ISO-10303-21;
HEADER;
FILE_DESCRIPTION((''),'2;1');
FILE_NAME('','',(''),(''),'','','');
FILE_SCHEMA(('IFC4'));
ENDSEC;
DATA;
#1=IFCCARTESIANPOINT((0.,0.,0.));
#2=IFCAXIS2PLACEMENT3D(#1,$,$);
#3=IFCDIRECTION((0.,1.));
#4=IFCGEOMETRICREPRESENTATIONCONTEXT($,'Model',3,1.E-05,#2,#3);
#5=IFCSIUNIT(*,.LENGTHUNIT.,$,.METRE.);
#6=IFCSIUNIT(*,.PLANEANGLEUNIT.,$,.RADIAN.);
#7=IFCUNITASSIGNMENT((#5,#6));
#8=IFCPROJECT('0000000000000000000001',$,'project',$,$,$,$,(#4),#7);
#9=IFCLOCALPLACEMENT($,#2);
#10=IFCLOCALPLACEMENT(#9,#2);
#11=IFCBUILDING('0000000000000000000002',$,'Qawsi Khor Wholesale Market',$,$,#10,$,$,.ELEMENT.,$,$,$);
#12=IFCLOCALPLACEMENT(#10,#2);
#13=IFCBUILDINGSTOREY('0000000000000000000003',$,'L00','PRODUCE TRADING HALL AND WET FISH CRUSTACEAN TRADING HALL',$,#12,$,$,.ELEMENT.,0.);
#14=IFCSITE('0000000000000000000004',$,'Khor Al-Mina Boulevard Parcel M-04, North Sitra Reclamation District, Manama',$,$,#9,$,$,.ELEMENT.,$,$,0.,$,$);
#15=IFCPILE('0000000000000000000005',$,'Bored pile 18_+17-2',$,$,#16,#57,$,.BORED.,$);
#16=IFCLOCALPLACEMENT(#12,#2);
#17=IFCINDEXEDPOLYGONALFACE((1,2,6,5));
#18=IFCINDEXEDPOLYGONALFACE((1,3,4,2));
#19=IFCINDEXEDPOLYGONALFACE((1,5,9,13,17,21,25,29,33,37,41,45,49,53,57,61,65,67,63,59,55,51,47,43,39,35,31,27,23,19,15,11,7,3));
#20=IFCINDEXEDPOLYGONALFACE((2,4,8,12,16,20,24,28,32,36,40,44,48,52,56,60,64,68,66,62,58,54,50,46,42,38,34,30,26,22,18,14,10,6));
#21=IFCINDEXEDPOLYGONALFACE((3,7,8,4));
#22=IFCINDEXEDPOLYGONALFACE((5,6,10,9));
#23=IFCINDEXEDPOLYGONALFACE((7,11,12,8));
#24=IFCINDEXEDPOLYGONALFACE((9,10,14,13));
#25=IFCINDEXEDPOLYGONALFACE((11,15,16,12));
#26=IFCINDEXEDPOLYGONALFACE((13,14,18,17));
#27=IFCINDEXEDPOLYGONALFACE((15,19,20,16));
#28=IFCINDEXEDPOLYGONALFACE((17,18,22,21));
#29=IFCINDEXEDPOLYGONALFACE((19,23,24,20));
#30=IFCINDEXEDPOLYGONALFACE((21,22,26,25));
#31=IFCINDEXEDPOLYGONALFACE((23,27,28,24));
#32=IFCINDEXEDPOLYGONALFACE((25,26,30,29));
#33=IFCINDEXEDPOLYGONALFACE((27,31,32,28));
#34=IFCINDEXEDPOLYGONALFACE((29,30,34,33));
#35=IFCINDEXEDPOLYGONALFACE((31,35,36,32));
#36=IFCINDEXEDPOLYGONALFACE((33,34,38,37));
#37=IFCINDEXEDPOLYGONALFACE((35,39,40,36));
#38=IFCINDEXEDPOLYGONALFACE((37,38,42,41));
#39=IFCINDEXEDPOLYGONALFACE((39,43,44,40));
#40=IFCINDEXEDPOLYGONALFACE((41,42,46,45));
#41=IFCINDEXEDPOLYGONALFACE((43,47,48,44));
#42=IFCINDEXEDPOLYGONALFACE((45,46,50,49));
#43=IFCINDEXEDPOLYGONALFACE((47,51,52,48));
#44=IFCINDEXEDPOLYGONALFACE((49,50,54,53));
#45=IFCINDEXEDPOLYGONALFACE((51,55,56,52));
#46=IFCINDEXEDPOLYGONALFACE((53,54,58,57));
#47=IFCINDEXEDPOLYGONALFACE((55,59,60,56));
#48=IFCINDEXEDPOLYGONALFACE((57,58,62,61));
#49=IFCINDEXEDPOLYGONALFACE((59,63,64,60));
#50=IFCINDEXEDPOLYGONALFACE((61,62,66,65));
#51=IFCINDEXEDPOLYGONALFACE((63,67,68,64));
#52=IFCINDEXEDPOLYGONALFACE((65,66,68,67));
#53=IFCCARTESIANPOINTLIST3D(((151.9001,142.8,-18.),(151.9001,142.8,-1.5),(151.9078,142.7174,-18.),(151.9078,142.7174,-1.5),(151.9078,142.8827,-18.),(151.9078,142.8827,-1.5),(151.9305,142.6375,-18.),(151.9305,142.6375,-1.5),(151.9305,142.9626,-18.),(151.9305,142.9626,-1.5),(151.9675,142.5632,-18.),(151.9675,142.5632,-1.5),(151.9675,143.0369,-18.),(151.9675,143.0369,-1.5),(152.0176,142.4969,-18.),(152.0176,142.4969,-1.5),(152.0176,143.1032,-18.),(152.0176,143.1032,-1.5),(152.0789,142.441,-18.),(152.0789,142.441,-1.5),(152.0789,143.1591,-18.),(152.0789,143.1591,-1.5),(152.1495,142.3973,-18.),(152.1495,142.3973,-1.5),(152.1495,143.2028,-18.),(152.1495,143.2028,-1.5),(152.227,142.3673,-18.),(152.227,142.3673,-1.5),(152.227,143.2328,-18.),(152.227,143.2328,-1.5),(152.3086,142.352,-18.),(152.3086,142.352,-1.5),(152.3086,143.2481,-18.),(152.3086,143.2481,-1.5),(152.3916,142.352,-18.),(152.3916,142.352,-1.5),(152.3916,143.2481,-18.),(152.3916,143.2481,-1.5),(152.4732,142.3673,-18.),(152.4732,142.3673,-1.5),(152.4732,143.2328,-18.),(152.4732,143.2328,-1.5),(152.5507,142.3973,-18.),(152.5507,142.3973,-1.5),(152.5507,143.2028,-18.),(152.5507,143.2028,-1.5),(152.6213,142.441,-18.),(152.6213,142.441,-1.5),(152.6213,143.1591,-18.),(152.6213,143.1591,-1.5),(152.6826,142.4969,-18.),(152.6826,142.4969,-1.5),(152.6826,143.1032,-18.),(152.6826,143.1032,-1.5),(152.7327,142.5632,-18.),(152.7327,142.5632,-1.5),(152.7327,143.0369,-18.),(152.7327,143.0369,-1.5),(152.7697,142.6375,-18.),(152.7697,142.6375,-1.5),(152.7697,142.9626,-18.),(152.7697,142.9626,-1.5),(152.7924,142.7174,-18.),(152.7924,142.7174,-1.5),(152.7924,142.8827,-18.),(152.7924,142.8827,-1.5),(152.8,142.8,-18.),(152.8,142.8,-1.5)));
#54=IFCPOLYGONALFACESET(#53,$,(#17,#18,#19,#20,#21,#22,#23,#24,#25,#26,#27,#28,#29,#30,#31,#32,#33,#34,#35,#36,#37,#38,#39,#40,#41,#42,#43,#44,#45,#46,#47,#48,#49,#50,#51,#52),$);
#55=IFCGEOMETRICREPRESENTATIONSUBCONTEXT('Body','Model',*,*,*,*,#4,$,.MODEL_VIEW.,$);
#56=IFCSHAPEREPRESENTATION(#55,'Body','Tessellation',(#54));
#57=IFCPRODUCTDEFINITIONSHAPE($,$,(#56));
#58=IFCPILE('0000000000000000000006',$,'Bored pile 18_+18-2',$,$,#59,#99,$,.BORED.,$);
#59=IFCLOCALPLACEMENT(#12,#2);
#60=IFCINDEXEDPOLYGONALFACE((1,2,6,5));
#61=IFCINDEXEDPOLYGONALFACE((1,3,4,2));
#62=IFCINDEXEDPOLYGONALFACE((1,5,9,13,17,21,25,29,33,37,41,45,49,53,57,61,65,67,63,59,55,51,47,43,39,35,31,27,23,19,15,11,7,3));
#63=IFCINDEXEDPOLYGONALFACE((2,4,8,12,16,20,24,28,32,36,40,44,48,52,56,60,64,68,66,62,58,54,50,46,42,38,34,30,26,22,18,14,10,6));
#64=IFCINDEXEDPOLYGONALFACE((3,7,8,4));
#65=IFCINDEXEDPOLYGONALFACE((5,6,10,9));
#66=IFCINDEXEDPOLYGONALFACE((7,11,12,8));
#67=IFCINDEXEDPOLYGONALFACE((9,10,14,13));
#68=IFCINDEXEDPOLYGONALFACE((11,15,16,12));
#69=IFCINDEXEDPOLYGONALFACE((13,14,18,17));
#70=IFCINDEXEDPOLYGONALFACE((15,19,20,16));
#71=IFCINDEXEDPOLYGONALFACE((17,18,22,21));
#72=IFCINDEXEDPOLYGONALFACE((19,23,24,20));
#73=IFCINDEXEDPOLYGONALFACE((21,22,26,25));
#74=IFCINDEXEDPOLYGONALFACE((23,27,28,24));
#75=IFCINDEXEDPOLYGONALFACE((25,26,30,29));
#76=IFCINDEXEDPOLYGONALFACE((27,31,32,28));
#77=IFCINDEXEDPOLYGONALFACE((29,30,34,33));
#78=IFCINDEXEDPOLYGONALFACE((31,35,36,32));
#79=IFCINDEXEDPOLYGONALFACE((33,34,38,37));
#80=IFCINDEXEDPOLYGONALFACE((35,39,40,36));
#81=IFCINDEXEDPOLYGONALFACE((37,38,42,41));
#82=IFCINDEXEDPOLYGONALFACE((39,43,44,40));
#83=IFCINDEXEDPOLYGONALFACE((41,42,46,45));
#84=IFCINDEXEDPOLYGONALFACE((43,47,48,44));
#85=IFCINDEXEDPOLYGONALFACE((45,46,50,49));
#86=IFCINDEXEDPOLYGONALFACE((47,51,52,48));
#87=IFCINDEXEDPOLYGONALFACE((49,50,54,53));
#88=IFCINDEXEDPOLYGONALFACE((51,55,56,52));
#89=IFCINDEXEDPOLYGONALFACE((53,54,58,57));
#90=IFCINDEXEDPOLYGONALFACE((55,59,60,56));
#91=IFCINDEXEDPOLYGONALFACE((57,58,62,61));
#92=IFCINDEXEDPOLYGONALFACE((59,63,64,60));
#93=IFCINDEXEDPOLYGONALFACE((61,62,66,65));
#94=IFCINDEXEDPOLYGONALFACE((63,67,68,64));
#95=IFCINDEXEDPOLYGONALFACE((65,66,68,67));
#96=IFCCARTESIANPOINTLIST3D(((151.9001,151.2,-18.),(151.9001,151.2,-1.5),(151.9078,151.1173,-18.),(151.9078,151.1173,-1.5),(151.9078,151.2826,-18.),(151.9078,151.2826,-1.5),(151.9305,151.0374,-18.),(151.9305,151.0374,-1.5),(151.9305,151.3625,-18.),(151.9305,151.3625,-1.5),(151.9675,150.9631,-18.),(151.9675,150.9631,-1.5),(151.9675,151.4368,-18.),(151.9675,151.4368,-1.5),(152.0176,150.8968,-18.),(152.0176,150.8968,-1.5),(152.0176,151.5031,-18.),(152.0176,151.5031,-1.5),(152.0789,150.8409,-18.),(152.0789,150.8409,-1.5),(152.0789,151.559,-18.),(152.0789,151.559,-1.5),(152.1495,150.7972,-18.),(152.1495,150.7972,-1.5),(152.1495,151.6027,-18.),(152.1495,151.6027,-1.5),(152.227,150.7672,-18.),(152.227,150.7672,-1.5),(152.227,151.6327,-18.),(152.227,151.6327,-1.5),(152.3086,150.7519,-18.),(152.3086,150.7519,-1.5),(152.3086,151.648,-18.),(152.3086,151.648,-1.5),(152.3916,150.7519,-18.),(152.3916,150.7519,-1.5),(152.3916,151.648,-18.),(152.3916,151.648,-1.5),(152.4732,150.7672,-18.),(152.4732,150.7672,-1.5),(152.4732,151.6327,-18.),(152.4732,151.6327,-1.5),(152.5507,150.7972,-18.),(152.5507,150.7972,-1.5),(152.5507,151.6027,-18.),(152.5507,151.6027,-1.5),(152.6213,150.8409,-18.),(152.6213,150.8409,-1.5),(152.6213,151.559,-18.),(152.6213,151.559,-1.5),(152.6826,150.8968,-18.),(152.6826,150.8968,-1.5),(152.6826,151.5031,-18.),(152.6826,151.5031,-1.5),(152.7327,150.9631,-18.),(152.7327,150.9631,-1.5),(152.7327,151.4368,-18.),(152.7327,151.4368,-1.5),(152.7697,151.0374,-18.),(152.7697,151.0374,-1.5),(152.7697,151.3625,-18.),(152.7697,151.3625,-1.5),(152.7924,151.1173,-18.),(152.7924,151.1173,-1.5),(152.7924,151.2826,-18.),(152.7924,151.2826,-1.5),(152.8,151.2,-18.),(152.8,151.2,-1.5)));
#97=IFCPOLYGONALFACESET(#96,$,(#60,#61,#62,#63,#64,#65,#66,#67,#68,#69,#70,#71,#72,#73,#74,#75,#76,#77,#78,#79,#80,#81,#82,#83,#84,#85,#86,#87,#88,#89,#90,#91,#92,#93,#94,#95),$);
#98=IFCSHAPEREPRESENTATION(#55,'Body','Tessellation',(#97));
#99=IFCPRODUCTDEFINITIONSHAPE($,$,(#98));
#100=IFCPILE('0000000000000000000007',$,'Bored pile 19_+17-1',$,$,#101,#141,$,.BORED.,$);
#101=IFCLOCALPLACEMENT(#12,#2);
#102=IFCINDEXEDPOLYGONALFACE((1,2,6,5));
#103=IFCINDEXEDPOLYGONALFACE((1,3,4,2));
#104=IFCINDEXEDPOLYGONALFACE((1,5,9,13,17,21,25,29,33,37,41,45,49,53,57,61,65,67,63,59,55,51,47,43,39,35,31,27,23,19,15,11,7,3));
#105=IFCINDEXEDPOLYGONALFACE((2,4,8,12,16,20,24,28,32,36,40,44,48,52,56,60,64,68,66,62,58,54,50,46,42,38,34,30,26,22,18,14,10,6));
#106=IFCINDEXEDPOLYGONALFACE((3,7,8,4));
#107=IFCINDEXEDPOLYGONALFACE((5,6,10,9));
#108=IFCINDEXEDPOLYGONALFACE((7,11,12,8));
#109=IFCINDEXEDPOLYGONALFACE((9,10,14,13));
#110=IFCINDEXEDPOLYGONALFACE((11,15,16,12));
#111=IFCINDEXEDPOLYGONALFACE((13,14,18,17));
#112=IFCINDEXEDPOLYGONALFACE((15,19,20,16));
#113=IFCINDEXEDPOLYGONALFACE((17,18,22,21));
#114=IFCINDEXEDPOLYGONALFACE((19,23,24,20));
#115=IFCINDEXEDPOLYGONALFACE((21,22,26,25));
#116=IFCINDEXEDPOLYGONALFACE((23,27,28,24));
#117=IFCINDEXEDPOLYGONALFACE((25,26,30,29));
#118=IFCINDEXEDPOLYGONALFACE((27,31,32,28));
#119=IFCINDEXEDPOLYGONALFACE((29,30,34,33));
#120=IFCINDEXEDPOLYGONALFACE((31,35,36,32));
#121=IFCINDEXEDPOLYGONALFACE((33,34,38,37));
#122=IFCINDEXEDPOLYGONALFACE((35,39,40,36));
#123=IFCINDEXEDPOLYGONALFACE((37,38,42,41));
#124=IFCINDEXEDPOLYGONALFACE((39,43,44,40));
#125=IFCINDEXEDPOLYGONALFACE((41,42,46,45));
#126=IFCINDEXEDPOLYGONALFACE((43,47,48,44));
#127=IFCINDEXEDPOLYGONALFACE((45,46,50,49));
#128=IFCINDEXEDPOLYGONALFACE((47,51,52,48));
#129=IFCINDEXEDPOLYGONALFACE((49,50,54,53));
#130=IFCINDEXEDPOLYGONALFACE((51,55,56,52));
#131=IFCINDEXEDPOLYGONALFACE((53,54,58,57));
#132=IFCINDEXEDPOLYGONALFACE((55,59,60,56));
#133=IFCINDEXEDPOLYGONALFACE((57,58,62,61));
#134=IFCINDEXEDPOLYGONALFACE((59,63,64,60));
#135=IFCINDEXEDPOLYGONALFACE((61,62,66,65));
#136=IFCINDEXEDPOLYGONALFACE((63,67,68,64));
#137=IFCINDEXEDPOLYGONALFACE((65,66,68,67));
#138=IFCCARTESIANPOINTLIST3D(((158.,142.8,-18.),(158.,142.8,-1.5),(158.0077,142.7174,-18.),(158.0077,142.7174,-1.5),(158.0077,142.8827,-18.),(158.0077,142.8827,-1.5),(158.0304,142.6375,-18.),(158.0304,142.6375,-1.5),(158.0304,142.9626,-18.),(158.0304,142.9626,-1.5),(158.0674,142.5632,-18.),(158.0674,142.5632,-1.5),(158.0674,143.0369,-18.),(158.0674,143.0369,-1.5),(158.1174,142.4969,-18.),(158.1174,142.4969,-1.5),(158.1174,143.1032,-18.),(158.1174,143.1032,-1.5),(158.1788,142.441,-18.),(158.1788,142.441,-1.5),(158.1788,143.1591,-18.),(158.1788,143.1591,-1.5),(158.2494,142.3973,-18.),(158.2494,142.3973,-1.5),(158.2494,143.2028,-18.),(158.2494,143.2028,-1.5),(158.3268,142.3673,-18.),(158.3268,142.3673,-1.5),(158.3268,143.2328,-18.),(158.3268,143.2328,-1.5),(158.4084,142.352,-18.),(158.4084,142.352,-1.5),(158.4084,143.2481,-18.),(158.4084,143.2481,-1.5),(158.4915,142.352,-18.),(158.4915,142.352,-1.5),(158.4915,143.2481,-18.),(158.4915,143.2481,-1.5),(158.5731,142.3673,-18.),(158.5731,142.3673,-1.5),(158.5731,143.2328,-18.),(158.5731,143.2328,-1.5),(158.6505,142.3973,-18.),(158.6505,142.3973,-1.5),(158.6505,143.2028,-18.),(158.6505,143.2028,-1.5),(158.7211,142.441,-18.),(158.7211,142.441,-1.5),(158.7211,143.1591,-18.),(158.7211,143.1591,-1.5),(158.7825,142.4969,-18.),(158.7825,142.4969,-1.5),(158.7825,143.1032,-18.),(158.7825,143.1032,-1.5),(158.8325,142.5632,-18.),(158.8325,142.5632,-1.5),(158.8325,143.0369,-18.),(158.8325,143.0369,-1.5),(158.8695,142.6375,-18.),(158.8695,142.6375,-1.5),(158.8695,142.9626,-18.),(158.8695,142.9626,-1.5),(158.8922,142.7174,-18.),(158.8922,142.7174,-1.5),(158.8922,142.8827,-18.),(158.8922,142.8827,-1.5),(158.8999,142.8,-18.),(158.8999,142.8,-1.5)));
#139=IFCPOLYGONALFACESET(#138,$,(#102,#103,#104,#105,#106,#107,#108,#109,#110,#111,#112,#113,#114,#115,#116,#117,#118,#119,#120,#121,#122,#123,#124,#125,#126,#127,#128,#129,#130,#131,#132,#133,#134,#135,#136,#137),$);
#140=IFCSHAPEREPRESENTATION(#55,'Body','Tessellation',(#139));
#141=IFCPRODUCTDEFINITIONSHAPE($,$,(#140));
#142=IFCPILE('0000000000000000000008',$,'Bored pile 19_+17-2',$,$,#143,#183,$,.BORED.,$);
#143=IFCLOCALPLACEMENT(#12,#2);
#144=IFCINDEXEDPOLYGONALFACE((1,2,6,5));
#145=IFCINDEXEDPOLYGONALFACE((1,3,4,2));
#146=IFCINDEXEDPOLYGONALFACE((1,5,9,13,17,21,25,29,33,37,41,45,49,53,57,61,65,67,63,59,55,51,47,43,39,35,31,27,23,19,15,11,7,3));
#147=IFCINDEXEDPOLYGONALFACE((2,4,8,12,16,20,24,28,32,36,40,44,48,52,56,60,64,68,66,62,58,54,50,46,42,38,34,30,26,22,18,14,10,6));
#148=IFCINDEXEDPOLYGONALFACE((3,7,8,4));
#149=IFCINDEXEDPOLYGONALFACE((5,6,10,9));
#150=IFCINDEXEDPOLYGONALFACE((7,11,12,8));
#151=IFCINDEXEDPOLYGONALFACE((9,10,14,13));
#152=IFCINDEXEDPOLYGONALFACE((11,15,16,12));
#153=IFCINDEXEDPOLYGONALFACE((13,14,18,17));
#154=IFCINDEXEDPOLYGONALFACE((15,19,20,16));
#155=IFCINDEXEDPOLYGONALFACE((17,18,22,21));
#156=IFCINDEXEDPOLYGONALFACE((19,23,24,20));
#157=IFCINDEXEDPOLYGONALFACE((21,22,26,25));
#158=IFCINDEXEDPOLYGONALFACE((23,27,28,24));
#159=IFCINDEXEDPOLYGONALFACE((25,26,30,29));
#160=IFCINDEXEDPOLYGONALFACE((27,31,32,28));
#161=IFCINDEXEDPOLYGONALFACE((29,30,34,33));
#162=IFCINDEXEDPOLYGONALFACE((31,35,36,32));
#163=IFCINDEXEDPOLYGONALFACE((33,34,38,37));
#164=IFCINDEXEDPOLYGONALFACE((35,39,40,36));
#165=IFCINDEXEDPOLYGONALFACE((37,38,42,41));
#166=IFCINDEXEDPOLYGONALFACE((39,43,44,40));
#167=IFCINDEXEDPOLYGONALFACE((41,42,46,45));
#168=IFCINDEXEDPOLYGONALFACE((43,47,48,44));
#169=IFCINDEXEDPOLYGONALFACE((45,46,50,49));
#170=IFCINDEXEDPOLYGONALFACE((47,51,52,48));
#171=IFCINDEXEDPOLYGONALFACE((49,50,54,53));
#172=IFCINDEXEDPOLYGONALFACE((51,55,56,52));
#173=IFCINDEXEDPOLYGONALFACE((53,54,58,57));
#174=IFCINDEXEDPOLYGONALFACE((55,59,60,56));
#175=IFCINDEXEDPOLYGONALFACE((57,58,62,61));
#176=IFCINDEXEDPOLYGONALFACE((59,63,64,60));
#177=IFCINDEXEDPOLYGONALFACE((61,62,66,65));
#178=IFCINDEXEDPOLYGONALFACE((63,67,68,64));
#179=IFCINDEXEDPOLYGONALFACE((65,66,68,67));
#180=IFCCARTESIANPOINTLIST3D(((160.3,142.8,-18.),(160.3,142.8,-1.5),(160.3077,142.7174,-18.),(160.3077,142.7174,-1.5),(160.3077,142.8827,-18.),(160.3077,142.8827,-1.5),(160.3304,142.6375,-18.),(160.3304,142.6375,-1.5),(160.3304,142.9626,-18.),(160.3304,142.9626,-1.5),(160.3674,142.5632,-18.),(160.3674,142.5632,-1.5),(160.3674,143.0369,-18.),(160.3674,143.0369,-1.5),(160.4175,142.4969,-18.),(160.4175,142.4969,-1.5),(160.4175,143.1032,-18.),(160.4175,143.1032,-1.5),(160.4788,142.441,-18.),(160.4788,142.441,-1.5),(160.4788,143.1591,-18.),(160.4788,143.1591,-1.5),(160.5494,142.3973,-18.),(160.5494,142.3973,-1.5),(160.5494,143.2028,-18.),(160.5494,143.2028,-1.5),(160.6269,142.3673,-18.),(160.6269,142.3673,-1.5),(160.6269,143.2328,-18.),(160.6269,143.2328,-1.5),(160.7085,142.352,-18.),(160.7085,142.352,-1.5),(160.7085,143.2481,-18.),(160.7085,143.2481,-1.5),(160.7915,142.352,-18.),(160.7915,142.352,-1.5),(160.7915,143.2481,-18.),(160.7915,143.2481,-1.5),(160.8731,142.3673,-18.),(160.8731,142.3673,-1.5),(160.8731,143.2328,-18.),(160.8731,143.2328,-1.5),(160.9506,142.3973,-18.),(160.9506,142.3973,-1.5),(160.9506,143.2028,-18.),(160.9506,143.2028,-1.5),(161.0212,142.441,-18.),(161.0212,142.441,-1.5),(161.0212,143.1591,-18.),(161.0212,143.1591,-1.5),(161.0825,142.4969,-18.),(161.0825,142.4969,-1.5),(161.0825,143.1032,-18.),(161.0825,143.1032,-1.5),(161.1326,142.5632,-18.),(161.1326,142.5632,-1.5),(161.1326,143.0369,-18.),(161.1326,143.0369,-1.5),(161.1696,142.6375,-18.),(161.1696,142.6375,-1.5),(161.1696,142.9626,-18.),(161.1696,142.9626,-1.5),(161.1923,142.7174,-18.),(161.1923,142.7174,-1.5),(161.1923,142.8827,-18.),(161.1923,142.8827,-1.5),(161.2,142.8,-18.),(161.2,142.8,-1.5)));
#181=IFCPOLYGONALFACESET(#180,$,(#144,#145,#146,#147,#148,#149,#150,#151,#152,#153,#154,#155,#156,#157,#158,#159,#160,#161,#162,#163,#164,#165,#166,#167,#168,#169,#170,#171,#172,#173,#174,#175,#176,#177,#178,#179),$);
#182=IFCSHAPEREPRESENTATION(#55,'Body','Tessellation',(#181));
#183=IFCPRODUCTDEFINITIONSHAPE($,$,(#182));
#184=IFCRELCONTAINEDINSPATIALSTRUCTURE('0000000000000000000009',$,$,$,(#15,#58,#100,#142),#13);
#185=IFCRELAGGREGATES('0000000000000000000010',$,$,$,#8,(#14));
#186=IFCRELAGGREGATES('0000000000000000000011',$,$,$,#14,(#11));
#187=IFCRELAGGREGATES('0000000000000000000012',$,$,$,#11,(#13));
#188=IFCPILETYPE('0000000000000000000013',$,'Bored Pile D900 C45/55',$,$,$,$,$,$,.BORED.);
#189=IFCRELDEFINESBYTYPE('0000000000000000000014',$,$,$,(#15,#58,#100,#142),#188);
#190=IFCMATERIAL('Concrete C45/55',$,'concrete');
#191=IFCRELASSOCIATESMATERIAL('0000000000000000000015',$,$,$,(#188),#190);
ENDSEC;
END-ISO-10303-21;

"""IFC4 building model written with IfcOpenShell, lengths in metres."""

from ifc_helpers import new_model, si_unit, direction, frame, origin, origin_2d, place, context, subcontext, project, spatial, circle, extrude, material, material_profile, profile_set, type_object, element, save


model = new_model("IFC4")

# Units and contexts
model_context = context("Model", 3, precision=1e-05, world=origin(), true_north=direction((0.0, 1.0)))
body_context = subcontext(model_context, "Body", "Model", "MODEL_VIEW")
ifc_project = project(units=[si_unit("LENGTHUNIT", "METRE"), si_unit("PLANEANGLEUNIT", "RADIAN")], contexts=[model_context])

# Site, building, storey
site_placement = place(None, origin())
site = spatial("IfcSite", under=ifc_project, at=site_placement, Name="Khor Al-Mina Boulevard Parcel M-04, North Sitra Reclamation District, Manama", CompositionType="ELEMENT", RefElevation=0.0)
building_placement = place(site_placement, origin())
building = spatial("IfcBuilding", under=site, at=building_placement, Name="Qawsi Khor Wholesale Market", CompositionType="ELEMENT")
storey_placement = place(building_placement, origin())
storey = spatial("IfcBuildingStorey", under=building, at=storey_placement, Name="L00", Description="PRODUCE TRADING HALL AND WET FISH CRUSTACEAN TRADING HALL", CompositionType="ELEMENT", Elevation=0.0)

# Piles
ifc_material_1 = material(Name="Concrete C45/55", Category="concrete")
ifc_material_profile_1 = material_profile(ifc_material_1, circle(Radius=0.45, at=origin_2d()), Name="PILE D900")
ifc_profile_set_1 = profile_set([ifc_material_profile_1], Name="Concrete C45/55")
pile_type = type_object("IfcPileType", Name="Bored Pile D900 C45/55", PredefinedType="BORED", material=ifc_profile_set_1)
for number, where, z_axis, x_axis, name in (
    (1, (152.3501, 142.8, -1.5), (0.0, 0.0, -1.0), (1.0, 0.0, 0.0), "Bored pile 18_+17-2"),
    (2, (152.3501, 151.2, -1.5), (0.0, 0.0, -1.0), (1.0, 0.0, 0.0), "Bored pile 18_+18-2"),
    (3, (158.45, 142.8, -1.5), (0.0, 0.0, -1.0), (1.0, 0.0, 0.0), "Bored pile 19_+17-1"),
    (4, (160.75, 142.8, -1.5), (0.0, 0.0, -1.0), (1.0, 0.0, 0.0), "Bored pile 19_+17-2"),
):
    element("IfcPile", number, at=place(storey_placement, frame(where, z_axis=z_axis, x_axis=x_axis)), inside=storey, type_object=pile_type, Name=name, PredefinedType="BORED", context=body_context, shape_type="SweptSolid", body=[
        extrude(circle(Radius=0.45, at=origin_2d()), origin(), (0.0, 0.0, 1.0), 16.5),
    ])

save(model, "model.ifc")
